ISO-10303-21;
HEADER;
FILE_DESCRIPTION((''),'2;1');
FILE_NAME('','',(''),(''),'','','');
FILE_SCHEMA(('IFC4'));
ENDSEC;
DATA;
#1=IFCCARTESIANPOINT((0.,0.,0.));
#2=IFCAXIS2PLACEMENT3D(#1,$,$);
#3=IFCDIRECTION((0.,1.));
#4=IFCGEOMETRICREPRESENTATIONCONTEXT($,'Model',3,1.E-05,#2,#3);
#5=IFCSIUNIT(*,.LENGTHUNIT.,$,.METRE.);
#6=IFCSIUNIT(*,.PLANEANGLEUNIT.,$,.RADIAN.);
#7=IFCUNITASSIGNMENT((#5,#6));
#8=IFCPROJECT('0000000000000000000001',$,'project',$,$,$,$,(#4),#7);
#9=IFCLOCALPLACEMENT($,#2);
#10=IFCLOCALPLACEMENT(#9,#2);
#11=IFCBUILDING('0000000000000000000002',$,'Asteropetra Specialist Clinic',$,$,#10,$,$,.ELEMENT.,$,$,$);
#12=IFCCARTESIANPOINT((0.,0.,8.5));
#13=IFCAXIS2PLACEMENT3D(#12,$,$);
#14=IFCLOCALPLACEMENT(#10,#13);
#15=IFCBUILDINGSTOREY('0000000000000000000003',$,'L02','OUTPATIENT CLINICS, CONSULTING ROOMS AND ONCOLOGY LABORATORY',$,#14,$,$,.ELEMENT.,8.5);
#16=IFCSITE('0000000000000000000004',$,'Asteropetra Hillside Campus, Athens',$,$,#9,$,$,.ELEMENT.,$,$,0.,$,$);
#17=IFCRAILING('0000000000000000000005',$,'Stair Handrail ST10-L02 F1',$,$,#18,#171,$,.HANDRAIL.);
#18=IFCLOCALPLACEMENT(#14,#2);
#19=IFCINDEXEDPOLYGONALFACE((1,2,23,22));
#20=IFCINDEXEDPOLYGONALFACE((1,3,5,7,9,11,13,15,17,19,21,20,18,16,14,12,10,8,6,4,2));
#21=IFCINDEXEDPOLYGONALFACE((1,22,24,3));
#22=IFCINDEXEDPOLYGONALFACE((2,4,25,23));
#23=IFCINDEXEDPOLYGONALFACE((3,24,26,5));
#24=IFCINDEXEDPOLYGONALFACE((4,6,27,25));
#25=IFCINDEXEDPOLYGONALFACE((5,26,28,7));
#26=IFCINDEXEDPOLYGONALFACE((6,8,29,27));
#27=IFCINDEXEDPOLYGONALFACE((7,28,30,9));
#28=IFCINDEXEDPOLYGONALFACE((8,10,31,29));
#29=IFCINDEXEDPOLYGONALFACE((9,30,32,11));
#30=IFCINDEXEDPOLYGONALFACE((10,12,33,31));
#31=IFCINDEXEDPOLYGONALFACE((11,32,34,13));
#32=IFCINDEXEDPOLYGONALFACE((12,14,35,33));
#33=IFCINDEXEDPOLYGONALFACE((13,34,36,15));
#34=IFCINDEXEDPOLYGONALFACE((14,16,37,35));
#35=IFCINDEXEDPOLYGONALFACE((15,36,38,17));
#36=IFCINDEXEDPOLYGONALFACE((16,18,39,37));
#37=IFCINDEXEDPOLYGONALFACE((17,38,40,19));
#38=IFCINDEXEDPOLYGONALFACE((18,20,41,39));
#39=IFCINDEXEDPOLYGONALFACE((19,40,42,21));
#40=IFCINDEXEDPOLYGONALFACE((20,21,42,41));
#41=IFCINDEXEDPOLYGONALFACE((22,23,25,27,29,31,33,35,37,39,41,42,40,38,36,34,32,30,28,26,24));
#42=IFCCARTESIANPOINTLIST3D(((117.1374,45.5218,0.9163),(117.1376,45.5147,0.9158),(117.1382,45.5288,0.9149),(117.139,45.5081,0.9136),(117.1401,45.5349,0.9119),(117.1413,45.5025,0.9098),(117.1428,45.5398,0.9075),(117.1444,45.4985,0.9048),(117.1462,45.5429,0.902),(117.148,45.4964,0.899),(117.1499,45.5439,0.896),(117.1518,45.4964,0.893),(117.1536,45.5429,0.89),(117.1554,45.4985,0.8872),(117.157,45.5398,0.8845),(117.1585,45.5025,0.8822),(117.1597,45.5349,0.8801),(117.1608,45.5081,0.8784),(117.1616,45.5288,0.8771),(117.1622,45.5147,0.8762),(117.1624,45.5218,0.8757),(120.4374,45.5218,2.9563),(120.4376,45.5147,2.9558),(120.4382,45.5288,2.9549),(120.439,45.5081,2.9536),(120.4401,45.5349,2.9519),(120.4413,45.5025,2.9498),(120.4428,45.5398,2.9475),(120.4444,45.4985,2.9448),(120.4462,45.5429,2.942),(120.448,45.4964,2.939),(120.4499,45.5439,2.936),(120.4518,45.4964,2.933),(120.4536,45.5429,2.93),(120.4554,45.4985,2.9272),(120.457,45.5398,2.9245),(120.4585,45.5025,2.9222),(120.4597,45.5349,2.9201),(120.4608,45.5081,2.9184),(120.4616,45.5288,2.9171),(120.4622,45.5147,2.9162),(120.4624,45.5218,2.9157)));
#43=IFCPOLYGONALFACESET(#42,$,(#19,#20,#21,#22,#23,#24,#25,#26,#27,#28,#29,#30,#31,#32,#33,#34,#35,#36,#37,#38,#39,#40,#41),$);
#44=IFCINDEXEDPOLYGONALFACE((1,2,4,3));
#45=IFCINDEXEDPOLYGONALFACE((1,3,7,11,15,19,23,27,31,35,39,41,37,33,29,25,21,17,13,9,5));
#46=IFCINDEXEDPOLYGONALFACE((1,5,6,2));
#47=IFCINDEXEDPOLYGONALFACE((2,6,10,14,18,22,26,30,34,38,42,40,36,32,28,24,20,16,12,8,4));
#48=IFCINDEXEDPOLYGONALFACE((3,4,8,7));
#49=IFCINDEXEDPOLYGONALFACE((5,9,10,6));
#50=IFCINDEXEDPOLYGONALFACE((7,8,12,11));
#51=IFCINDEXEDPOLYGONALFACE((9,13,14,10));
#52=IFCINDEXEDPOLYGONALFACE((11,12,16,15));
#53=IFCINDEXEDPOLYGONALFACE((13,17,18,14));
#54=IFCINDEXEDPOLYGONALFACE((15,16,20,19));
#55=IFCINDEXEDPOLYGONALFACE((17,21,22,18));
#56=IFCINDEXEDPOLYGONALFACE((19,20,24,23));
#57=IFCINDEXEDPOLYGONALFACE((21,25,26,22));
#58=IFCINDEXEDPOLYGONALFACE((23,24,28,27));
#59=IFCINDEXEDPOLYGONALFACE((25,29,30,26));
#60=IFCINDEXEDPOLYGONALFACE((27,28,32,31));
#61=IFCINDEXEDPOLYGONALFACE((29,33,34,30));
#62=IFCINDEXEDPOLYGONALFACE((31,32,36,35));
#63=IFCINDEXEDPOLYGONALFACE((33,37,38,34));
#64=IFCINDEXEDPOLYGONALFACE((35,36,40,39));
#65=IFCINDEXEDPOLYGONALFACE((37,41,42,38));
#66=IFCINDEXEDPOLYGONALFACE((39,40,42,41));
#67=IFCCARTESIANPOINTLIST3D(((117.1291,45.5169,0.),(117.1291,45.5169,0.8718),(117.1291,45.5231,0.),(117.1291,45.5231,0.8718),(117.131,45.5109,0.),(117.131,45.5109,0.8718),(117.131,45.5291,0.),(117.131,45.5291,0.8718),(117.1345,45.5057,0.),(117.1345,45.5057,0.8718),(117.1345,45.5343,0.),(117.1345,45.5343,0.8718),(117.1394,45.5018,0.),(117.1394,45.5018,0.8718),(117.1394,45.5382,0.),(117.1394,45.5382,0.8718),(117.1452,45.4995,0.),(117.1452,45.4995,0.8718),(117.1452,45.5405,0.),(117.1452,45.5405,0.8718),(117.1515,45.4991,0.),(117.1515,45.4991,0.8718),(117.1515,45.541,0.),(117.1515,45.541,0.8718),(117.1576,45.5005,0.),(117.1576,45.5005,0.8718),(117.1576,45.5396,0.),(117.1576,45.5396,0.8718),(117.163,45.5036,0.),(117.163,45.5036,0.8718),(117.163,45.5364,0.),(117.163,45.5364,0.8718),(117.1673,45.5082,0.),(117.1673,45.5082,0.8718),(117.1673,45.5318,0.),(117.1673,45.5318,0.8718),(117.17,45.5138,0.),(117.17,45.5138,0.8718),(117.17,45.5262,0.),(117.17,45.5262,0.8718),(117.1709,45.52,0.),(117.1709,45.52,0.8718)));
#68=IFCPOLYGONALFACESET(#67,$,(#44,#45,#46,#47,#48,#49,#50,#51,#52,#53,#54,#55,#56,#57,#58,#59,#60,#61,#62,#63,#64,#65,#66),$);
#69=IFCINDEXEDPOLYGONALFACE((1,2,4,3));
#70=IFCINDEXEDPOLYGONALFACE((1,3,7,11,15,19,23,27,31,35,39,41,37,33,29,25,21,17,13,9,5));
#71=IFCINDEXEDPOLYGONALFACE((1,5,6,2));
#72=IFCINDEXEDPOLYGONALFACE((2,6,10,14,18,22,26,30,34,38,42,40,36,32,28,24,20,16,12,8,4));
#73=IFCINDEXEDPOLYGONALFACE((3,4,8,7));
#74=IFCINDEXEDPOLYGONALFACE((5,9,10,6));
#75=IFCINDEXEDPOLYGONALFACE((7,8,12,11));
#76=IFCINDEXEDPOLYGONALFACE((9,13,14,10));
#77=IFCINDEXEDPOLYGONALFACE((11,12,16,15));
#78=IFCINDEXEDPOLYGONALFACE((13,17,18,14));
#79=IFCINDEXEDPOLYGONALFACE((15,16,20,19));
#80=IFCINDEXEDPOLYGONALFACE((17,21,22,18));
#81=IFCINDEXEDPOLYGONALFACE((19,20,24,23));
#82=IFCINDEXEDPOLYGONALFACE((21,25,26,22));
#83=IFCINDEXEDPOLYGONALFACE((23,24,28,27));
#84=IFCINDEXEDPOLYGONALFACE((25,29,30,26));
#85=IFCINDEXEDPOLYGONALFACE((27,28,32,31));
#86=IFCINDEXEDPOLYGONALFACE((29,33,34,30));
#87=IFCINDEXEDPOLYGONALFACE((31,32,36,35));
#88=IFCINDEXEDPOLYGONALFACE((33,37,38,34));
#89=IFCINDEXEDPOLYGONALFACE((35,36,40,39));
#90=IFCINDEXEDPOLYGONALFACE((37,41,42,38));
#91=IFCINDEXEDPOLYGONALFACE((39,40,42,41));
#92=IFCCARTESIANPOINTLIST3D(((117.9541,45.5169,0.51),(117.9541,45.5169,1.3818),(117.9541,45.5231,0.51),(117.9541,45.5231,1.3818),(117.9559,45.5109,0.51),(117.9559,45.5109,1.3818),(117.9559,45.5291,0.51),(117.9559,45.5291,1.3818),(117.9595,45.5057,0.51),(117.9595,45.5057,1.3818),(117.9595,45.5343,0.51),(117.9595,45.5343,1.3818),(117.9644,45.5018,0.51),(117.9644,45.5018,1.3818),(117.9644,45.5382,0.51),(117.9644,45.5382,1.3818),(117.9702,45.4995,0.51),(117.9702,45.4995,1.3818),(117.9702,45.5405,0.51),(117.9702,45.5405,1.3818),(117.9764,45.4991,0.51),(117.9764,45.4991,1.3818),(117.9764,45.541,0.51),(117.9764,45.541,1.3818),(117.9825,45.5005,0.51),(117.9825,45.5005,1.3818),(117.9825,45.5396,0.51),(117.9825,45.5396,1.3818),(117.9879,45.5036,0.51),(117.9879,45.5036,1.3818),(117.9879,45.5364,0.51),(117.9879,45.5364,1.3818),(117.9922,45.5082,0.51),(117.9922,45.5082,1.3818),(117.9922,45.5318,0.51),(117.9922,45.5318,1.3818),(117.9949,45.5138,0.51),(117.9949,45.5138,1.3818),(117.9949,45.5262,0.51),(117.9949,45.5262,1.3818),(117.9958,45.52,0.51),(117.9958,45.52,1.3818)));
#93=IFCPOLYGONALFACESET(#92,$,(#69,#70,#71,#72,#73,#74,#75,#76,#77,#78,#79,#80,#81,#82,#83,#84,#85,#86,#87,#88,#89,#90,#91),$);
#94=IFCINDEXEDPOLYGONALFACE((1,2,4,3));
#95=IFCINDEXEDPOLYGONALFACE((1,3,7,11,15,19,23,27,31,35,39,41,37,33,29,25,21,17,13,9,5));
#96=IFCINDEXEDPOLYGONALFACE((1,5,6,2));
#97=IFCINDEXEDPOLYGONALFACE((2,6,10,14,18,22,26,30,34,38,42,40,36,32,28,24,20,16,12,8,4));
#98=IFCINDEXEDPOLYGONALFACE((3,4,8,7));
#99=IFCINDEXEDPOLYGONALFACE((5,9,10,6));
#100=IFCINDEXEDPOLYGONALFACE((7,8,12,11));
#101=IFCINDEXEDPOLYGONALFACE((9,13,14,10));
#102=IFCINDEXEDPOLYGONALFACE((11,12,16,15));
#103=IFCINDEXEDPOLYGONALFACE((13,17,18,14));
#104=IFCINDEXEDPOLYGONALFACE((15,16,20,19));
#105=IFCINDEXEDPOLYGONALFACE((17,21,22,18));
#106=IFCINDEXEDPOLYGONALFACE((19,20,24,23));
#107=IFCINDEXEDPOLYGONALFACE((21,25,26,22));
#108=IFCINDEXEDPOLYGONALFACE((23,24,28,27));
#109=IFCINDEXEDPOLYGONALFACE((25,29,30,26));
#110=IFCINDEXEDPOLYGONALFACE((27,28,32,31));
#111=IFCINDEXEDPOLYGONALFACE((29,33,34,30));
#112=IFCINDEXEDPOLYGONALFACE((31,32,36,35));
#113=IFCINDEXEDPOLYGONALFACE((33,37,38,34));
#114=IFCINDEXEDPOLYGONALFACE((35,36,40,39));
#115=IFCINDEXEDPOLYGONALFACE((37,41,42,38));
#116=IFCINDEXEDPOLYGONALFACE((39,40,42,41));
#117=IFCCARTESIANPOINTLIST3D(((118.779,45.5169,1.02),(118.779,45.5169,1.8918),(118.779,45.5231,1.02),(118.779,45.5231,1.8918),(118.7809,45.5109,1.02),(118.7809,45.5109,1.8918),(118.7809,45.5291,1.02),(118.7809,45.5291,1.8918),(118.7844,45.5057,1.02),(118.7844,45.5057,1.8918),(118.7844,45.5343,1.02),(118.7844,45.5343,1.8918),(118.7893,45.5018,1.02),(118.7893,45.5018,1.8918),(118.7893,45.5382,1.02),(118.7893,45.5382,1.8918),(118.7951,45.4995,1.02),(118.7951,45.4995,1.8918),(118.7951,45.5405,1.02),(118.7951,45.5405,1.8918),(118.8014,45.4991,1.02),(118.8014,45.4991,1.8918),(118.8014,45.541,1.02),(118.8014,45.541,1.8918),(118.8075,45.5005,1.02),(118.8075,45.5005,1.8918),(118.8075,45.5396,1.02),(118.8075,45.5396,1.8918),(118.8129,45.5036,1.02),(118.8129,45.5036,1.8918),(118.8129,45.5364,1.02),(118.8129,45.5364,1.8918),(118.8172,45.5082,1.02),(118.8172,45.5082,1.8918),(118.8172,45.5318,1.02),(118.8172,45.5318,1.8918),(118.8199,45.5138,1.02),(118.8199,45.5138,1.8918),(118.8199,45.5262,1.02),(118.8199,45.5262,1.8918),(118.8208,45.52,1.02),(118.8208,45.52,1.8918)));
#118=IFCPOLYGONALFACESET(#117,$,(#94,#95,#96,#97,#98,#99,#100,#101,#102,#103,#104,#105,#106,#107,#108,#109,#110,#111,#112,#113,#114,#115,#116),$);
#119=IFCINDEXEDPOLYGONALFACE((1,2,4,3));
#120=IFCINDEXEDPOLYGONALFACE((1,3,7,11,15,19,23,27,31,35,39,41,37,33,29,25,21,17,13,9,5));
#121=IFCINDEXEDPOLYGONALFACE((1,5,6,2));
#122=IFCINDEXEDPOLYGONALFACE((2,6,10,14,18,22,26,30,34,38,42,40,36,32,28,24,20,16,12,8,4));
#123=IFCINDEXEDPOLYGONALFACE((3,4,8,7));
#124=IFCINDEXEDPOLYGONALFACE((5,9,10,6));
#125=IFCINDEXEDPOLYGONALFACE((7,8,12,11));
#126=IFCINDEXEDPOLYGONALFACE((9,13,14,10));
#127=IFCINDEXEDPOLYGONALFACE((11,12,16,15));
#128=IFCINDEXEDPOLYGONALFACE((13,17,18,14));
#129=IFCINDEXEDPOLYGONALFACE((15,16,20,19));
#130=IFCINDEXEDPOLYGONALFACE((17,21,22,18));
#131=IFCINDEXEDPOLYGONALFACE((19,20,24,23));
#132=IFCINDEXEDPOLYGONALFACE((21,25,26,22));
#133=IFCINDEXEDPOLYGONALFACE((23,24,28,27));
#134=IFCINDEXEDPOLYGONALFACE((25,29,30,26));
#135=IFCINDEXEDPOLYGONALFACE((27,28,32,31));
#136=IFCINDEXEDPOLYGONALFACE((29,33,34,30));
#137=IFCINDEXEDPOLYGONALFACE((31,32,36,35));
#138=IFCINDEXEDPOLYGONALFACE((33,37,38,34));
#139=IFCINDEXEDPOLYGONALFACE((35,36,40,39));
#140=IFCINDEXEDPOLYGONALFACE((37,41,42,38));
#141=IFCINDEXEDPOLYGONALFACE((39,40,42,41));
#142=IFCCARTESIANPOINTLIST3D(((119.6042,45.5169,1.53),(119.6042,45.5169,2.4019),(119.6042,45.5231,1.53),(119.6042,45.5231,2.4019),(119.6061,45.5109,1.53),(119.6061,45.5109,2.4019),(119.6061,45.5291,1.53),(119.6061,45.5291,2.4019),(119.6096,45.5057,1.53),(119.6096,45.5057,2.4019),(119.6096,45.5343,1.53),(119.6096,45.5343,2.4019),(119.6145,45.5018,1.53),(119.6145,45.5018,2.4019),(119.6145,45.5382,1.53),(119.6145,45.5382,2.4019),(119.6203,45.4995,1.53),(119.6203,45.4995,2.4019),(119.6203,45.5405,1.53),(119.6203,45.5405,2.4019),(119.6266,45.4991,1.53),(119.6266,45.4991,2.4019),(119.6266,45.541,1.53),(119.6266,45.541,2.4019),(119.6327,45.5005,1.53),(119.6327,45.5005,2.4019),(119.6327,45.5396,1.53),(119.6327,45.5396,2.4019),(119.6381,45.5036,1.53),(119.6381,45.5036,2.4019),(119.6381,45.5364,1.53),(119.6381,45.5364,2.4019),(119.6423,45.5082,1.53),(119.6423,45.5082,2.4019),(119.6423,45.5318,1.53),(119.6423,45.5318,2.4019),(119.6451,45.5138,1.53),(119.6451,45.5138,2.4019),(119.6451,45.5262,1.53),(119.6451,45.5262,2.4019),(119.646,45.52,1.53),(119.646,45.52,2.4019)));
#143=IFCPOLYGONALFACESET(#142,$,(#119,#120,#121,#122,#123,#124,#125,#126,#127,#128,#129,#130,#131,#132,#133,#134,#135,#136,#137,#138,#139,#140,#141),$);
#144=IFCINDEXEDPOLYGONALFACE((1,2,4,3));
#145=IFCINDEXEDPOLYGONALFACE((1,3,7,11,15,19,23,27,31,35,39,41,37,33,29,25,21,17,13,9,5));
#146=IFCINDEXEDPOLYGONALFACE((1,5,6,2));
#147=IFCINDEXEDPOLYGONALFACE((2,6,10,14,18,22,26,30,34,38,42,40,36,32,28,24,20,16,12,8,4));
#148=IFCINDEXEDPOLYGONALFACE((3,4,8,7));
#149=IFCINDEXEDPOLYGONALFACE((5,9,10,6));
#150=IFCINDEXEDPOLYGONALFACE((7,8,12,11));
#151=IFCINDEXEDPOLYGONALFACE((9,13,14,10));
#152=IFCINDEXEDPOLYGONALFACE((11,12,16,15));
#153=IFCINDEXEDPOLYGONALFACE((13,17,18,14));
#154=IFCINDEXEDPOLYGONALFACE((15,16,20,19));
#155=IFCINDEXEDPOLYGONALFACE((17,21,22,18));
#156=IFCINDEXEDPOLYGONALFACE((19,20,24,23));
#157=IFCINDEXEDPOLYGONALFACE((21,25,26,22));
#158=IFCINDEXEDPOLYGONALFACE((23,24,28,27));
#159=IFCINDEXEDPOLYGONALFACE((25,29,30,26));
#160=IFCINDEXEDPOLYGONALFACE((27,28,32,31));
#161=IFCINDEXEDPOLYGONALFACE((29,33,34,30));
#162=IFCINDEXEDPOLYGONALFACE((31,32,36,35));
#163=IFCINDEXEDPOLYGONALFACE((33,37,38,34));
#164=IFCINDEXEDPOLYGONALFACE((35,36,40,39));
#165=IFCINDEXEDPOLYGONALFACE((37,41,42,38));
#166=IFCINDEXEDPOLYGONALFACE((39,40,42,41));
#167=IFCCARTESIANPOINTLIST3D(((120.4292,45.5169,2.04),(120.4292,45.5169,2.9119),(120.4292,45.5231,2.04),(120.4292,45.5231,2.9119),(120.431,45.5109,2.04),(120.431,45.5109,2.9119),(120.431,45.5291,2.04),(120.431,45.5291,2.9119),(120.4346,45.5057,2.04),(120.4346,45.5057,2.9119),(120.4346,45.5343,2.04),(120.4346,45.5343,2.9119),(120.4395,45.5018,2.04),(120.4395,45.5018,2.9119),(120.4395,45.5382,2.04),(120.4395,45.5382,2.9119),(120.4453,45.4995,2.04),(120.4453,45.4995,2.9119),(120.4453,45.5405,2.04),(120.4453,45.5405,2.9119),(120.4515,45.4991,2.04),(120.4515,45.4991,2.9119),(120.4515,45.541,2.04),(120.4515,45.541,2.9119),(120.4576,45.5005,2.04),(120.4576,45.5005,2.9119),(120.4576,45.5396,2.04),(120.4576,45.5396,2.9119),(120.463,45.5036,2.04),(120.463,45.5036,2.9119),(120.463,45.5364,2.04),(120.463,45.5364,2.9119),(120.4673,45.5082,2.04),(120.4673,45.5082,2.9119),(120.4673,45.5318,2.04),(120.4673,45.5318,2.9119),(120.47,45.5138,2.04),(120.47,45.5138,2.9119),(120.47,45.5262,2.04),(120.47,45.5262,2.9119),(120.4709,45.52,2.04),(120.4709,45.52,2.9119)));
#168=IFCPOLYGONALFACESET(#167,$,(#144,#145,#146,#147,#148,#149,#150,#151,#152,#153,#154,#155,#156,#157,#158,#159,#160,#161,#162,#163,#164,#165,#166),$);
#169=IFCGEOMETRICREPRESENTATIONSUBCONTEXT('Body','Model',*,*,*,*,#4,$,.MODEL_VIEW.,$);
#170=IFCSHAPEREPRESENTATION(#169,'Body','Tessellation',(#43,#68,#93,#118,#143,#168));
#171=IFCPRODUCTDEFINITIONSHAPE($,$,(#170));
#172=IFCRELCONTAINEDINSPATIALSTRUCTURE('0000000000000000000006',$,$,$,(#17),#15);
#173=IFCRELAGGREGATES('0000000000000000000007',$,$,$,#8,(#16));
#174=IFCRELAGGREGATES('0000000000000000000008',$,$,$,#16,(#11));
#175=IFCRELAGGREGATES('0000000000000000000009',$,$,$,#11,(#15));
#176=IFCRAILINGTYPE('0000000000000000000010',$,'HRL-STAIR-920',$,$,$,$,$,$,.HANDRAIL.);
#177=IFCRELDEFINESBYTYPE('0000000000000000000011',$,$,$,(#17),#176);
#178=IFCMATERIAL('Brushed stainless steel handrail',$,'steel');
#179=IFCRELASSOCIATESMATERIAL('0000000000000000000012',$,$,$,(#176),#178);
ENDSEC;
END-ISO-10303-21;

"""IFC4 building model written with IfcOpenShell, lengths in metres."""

from ifc_helpers import new_model, si_unit, direction, frame, origin, origin_2d, place, context, subcontext, project, spatial, circle, extrude, material, type_object, element, save


model = new_model("IFC4")

# Units and contexts
model_context = context("Model", 3, precision=1e-05, world=origin(), true_north=direction((0.0, 1.0)))
body_context = subcontext(model_context, "Body", "Model", "MODEL_VIEW")
ifc_project = project(units=[si_unit("LENGTHUNIT", "METRE"), si_unit("PLANEANGLEUNIT", "RADIAN")], contexts=[model_context])

# Site, building, storey
site_placement = place(None, origin())
site = spatial("IfcSite", under=ifc_project, at=site_placement, Name="Asteropetra Hillside Campus, Athens", CompositionType="ELEMENT", RefElevation=0.0)
building_placement = place(site_placement, origin())
building = spatial("IfcBuilding", under=site, at=building_placement, Name="Asteropetra Specialist Clinic", CompositionType="ELEMENT")
storey_placement = place(building_placement, frame((0.0, 0.0, 8.5)))
storey = spatial("IfcBuildingStorey", under=building, at=storey_placement, Name="L02", Description="OUTPATIENT CLINICS, CONSULTING ROOMS AND ONCOLOGY LABORATORY", CompositionType="ELEMENT", Elevation=8.5)

# Railing
ifc_material_1 = material(Name="Brushed stainless steel handrail", Category="steel")
railing_type_1 = type_object("IfcRailingType", Name="HRL-STAIR-920", PredefinedType="HANDRAIL", material=ifc_material_1)
railing_1_placement = place(storey_placement, frame((117.1499, 45.52, 0.0)))
element("IfcRailing", 1, at=railing_1_placement, inside=storey, type_object=railing_type_1, Name="Stair Handrail ST10-L02 F1", PredefinedType="HANDRAIL", context=body_context, shape_type="SweptSolid", body=[
    extrude(circle(Radius=0.0239, at=origin_2d()), frame((0.0, 0.0, 0.896), z_axis=(0.850594, 0.0, 0.525824), x_axis=(0.0, 1.0, 0.0)), (0.0, 0.0, 1.0), 3.8796),
    extrude(circle(Radius=0.021, at=origin_2d()), origin(), (0.0, 0.0, 1.0), 0.8718),
    extrude(circle(Radius=0.021, at=origin_2d()), frame((0.825, 0.0, 0.51)), (0.0, 0.0, 1.0), 0.8718),
    extrude(circle(Radius=0.021, at=origin_2d()), frame((1.6499, 0.0, 1.02)), (0.0, 0.0, 1.0), 0.8718),
    extrude(circle(Radius=0.021, at=origin_2d()), frame((2.4751, 0.0, 1.53)), (0.0, 0.0, 1.0), 0.8718),
    extrude(circle(Radius=0.021, at=origin_2d()), frame((3.3, 0.0, 2.04)), (0.0, 0.0, 1.0), 0.8718),
])

save(model, "model.ifc")
